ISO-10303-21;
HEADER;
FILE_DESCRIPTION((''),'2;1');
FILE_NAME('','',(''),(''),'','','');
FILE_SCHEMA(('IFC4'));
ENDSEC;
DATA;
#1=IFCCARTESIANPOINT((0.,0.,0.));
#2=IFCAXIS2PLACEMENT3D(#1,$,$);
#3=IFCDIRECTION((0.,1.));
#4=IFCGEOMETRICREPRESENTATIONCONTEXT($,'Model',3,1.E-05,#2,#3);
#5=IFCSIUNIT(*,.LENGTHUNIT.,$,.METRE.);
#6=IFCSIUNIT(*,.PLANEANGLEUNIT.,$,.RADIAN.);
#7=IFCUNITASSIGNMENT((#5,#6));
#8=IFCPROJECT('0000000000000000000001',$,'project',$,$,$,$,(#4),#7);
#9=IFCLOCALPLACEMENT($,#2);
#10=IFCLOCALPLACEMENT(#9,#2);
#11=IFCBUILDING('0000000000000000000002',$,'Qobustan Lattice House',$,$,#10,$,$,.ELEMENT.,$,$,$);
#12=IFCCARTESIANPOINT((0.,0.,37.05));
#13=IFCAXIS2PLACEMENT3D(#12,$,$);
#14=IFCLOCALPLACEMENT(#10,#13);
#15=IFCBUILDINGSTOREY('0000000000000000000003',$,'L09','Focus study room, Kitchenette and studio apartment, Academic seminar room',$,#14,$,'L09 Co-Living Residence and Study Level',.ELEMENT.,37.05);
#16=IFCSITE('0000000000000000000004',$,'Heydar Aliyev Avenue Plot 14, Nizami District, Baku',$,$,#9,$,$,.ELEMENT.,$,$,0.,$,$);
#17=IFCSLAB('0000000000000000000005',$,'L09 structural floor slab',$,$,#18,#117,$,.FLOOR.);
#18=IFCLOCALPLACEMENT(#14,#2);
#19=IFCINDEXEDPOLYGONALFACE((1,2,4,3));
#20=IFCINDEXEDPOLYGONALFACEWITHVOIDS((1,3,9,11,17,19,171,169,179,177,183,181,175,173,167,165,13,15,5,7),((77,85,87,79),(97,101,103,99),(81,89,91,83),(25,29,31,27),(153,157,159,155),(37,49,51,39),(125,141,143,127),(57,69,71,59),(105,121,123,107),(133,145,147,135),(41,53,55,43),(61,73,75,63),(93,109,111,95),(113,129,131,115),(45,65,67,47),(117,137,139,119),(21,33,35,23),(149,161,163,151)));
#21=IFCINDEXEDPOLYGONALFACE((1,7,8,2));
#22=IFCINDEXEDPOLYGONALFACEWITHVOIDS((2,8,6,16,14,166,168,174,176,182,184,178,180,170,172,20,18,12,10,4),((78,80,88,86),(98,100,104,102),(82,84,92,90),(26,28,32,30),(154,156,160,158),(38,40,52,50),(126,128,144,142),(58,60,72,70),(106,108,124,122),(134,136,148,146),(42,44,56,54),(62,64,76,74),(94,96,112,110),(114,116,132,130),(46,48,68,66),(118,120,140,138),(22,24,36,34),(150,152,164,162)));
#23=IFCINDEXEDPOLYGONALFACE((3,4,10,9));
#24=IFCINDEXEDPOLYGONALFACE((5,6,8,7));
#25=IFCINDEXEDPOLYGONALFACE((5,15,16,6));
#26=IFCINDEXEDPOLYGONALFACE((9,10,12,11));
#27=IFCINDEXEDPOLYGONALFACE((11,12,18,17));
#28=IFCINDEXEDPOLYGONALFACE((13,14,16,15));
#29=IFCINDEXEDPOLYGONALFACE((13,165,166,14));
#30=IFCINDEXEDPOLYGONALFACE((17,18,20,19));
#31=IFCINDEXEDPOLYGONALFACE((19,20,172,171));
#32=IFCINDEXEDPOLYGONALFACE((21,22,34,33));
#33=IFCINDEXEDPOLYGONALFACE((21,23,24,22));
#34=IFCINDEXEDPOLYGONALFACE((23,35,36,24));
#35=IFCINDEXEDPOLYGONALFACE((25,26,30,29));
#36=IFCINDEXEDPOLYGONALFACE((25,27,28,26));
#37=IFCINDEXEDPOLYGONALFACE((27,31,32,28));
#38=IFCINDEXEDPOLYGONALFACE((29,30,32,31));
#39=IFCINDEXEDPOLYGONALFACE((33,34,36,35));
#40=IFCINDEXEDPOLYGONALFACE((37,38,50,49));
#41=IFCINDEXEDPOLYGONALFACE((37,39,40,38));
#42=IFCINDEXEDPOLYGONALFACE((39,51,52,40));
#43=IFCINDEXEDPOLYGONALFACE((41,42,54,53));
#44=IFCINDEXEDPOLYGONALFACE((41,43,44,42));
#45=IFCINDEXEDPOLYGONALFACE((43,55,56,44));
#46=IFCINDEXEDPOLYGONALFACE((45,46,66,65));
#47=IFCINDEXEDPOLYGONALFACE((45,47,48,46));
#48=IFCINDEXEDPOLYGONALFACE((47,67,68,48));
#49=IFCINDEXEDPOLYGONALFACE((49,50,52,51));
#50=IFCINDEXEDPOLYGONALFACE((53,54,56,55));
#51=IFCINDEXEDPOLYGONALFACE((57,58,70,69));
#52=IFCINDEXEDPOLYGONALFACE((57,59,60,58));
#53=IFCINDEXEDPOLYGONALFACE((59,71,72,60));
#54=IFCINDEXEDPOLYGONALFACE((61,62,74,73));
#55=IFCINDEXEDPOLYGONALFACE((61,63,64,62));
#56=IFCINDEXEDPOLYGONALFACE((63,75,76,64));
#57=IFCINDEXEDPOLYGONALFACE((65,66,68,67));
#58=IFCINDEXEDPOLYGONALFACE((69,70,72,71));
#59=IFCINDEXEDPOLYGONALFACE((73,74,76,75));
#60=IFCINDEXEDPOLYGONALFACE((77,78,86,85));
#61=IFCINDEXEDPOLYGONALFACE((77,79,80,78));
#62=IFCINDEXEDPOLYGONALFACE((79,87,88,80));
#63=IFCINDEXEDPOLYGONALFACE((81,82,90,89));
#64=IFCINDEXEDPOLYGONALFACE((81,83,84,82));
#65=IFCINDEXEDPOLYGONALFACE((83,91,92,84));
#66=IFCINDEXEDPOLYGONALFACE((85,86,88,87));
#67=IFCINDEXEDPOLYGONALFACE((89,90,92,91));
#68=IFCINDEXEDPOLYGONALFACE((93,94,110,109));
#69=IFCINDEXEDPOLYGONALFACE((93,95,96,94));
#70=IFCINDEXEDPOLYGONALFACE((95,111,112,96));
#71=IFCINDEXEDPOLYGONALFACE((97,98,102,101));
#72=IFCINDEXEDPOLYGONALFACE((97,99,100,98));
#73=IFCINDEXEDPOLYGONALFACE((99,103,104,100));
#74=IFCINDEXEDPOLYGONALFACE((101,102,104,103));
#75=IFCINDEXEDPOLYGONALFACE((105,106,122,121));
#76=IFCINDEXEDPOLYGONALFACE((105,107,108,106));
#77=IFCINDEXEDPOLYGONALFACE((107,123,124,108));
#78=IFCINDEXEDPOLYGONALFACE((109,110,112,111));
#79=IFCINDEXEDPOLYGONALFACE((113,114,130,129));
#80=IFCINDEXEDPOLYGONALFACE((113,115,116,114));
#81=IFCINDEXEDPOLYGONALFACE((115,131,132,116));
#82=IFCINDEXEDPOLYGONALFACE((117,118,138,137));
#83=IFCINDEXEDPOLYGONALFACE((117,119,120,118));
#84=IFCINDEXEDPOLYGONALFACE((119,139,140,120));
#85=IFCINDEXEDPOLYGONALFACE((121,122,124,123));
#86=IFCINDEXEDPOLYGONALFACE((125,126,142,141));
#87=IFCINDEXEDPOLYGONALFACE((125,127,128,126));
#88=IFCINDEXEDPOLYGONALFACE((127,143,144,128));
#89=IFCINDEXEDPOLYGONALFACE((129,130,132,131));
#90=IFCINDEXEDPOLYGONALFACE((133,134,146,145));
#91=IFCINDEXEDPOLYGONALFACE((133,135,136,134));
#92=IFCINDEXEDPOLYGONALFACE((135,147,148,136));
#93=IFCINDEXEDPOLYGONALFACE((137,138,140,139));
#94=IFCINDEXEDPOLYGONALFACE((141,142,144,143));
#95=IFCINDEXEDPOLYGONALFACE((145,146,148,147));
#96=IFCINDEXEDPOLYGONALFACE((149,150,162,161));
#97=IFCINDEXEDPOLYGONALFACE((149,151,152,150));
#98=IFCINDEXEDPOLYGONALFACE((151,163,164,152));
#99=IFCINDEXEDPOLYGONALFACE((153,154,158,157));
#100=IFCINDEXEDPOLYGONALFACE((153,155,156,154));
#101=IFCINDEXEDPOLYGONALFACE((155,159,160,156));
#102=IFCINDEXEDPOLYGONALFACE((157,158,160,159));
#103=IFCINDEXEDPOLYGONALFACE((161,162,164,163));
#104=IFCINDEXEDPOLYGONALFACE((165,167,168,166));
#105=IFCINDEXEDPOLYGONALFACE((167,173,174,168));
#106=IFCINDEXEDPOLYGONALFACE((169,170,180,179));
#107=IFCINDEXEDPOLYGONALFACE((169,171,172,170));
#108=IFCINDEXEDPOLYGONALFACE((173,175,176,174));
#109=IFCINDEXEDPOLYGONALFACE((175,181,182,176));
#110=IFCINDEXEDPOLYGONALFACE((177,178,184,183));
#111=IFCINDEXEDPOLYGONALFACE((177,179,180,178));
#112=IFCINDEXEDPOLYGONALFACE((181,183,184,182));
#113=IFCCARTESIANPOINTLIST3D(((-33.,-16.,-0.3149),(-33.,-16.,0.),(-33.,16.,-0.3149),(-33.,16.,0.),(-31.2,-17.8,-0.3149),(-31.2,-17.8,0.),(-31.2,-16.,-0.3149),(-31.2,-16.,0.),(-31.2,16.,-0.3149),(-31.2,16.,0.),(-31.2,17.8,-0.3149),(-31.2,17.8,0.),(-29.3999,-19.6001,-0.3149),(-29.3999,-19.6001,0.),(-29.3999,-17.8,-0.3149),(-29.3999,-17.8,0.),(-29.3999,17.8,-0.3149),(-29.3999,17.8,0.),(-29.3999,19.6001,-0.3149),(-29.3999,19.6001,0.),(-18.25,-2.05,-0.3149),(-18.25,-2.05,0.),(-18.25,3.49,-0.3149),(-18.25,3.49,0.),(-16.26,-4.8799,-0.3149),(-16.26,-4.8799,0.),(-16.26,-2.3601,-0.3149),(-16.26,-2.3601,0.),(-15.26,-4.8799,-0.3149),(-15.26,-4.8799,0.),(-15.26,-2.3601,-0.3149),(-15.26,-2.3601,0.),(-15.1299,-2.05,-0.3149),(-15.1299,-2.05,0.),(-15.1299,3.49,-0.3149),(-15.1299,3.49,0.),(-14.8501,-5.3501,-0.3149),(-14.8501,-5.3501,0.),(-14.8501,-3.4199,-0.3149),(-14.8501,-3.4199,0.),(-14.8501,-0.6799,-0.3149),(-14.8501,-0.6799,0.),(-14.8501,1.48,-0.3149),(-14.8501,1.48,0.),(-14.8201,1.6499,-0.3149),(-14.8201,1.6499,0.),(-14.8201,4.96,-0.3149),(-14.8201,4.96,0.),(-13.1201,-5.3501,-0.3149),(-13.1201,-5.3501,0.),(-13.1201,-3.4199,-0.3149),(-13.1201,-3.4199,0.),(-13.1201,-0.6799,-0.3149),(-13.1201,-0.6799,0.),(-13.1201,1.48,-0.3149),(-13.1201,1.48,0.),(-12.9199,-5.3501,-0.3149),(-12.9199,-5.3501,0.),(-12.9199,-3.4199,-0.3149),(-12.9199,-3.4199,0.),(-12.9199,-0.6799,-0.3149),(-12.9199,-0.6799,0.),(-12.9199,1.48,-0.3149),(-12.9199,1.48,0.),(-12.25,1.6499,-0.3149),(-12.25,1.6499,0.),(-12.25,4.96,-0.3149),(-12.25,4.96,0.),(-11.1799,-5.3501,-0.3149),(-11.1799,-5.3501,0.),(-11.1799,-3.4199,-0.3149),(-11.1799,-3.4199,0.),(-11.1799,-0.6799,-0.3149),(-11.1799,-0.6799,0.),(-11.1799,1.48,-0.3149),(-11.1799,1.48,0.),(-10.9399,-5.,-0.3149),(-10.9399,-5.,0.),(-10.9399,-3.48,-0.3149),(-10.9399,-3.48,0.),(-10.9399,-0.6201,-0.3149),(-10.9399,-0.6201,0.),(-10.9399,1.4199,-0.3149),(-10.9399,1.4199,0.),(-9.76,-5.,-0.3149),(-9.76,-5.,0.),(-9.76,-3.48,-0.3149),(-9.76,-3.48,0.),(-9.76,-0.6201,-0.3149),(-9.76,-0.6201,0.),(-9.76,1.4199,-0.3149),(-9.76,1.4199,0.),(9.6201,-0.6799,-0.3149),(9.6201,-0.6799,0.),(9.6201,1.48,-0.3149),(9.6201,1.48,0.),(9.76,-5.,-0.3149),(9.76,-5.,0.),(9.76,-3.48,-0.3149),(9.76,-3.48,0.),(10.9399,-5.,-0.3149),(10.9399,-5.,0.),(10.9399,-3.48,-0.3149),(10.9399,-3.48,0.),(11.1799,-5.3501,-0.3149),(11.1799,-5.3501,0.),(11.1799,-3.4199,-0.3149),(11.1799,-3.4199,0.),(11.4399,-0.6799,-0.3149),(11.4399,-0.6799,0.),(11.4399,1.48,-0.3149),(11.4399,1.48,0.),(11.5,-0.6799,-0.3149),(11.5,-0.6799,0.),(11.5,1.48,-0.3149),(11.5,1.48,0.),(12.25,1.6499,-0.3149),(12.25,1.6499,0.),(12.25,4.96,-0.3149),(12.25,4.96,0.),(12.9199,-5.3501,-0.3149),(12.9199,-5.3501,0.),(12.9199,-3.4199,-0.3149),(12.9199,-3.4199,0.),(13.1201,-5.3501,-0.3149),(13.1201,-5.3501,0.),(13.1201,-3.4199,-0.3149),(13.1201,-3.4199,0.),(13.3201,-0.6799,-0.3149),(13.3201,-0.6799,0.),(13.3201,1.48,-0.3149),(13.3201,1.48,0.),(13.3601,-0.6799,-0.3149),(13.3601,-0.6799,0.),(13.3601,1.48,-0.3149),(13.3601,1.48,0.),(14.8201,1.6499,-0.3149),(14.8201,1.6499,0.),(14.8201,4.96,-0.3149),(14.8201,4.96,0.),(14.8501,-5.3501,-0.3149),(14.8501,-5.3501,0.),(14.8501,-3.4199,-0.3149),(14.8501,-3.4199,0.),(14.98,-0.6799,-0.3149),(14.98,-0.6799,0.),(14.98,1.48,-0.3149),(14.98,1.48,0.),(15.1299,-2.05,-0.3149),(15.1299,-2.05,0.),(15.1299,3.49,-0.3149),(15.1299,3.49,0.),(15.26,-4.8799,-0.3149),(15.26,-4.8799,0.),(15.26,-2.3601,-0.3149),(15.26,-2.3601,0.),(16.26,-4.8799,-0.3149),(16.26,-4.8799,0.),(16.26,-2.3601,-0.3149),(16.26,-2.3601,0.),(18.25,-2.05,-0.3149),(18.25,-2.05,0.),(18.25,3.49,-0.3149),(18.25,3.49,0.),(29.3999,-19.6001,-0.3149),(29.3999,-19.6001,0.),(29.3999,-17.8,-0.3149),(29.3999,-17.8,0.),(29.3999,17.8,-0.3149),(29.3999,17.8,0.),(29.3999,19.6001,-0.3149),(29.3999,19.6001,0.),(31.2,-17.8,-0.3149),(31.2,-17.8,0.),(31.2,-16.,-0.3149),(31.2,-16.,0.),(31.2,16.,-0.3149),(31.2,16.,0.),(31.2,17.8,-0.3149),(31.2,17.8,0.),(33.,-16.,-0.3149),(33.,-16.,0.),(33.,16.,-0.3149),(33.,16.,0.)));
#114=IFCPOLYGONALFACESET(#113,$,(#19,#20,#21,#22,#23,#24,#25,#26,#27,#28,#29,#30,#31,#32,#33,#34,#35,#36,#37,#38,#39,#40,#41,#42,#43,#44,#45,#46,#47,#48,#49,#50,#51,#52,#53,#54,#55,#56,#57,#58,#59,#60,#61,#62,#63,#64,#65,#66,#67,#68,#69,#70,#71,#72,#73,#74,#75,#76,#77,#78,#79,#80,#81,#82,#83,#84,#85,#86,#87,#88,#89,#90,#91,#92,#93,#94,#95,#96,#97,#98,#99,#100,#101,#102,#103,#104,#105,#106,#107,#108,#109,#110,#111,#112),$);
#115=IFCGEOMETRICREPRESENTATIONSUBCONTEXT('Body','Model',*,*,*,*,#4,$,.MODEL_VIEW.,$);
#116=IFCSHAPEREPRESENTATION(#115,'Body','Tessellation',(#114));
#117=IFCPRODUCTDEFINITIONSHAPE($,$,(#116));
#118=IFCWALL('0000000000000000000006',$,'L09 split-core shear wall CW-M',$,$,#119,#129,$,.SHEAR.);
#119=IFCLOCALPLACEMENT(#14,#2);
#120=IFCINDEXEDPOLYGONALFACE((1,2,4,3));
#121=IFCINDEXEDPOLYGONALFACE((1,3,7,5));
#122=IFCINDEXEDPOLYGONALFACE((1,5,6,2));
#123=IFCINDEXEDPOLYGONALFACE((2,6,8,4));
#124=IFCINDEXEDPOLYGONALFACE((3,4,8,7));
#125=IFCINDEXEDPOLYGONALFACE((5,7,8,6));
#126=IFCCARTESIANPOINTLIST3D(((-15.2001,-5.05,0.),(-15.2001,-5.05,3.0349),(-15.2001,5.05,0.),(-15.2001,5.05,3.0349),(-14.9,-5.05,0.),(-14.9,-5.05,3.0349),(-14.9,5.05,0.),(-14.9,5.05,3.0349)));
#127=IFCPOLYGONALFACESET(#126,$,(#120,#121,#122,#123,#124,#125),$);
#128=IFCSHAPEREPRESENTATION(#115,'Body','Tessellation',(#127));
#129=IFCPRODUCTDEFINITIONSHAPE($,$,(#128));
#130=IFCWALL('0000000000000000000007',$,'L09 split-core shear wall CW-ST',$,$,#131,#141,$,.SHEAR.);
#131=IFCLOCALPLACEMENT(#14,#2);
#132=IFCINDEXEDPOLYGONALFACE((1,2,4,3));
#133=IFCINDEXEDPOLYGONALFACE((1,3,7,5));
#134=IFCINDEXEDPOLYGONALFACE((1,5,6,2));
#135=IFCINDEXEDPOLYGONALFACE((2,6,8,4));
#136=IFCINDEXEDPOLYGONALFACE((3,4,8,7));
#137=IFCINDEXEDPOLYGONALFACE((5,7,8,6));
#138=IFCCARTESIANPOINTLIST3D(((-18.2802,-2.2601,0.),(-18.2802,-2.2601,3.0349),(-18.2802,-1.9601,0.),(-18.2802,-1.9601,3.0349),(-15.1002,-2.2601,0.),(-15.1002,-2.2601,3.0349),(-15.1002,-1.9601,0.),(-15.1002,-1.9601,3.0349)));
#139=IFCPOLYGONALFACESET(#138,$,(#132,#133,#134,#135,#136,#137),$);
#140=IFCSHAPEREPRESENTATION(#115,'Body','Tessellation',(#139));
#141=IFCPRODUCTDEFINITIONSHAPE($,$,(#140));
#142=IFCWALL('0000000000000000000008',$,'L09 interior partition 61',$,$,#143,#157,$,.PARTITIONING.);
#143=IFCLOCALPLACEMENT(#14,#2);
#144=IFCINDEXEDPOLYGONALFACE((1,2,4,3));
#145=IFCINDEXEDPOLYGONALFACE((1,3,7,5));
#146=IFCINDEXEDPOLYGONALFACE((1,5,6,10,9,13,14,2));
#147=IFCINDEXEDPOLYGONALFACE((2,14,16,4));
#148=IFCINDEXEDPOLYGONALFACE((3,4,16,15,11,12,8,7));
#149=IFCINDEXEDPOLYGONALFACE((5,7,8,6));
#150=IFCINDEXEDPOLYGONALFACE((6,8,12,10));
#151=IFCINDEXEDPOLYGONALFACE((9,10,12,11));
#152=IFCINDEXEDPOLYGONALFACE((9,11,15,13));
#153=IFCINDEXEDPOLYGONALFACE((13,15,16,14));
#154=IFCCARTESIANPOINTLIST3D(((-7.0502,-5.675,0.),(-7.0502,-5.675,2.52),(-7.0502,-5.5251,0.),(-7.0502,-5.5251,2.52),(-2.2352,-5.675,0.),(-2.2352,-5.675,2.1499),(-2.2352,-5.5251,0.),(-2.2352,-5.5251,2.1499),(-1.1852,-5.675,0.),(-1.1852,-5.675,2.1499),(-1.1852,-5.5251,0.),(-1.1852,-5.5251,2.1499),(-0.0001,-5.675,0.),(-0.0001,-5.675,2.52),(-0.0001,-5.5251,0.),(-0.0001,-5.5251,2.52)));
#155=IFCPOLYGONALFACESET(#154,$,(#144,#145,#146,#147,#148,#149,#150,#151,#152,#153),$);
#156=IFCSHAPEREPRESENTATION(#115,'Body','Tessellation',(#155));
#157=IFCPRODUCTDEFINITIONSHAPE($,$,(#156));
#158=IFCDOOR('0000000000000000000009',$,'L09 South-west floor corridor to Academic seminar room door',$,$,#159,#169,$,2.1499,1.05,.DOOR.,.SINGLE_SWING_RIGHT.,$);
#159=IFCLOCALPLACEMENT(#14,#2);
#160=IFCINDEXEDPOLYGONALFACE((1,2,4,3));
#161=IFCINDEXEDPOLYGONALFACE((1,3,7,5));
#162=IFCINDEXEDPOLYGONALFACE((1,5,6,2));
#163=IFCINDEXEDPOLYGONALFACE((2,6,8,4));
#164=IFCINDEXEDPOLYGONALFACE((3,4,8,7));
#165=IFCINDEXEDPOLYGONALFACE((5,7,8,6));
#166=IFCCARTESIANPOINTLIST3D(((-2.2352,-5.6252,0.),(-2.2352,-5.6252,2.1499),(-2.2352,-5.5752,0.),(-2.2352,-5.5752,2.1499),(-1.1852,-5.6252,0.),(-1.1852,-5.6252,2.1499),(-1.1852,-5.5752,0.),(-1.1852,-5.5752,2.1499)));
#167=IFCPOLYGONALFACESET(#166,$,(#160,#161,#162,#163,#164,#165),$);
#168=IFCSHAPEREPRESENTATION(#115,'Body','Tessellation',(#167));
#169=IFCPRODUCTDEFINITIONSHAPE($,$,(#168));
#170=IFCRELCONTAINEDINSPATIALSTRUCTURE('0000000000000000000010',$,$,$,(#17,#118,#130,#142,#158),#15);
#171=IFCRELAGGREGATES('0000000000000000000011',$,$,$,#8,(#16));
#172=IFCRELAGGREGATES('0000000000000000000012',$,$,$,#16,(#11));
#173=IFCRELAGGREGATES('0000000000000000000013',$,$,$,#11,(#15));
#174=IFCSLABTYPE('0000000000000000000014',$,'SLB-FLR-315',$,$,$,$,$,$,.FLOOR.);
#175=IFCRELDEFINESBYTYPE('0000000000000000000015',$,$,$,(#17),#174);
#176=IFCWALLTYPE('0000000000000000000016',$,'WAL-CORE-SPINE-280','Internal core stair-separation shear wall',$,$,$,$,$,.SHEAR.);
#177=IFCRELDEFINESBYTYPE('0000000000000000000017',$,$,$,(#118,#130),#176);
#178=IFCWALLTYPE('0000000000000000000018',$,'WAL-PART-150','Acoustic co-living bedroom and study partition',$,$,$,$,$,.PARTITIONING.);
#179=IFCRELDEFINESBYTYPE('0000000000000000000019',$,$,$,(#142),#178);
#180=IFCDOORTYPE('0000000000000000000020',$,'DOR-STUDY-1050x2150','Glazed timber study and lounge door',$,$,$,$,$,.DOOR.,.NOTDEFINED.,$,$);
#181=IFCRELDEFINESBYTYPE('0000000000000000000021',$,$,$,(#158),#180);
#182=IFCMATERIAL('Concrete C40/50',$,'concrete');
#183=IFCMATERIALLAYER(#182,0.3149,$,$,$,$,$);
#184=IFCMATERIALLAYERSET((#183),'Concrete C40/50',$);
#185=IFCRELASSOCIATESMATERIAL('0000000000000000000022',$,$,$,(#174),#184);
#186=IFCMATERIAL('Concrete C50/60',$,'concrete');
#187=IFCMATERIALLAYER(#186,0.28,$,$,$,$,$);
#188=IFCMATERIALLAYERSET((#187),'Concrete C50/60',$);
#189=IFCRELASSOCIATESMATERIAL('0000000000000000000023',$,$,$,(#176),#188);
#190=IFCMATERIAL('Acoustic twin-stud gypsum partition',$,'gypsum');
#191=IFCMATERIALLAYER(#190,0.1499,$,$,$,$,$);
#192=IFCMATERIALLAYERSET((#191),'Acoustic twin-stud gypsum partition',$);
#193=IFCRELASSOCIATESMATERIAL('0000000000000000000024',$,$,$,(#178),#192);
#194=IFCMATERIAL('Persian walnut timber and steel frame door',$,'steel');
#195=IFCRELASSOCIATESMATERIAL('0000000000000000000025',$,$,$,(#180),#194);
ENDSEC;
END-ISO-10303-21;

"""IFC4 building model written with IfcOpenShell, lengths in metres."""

from ifc_helpers import new_model, si_unit, direction, frame, frame_2d, origin, place, context, subcontext, project, spatial, polyline, rectangle, outline, extrude, material, layer, layer_set, type_object, element, fill, save


model = new_model("IFC4")

# Units and contexts
model_context = context("Model", 3, precision=1e-05, world=origin(), true_north=direction((0.0, 1.0)))
body_context = subcontext(model_context, "Body", "Model", "MODEL_VIEW")
ifc_project = project(units=[si_unit("LENGTHUNIT", "METRE"), si_unit("PLANEANGLEUNIT", "RADIAN")], contexts=[model_context])

# Site, building, storey
site_placement = place(None, origin())
site = spatial("IfcSite", under=ifc_project, at=site_placement, Name="Heydar Aliyev Avenue Plot 14, Nizami District, Baku", CompositionType="ELEMENT", RefElevation=0.0)
building_placement = place(site_placement, origin())
building = spatial("IfcBuilding", under=site, at=building_placement, Name="Qobustan Lattice House", CompositionType="ELEMENT")
storey_placement = place(building_placement, frame((0.0, 0.0, 37.05)))
storey = spatial("IfcBuildingStorey", under=building, at=storey_placement, Name="L09", Description="Focus study room, Kitchenette and studio apartment, Academic seminar room", LongName="L09 Co-Living Residence and Study Level", CompositionType="ELEMENT", Elevation=37.05)

# Slab
ifc_material_1 = material(Name="Concrete C40/50", Category="concrete")
ifc_layer_1 = layer(ifc_material_1, 0.3149)
ifc_layer_set_1 = layer_set([ifc_layer_1], Name="Concrete C40/50")
slab_type = type_object("IfcSlabType", Name="SLB-FLR-315", PredefinedType="FLOOR", material=ifc_layer_set_1)
slab_placement = place(storey_placement, frame((0.0, 0.0, -0.3149)))
element("IfcSlab", 1, at=slab_placement, inside=storey, type_object=slab_type, Name="L09 structural floor slab", PredefinedType="FLOOR", context=body_context, shape_type="SweptSolid", body=[
    extrude(outline(polyline([(-29.3999, -19.6001), (29.3999, -19.6001), (29.3999, -17.8), (31.2, -17.8), (31.2, -16.0), (33.0, -16.0), (33.0, 16.0), (31.2, 16.0), (31.2, 17.8), (29.3999, 17.8), (29.3999, 19.6001), (-29.3999, 19.6001), (-29.3999, 17.8), (-31.2, 17.8), (-31.2, 16.0), (-33.0, 16.0), (-33.0, -16.0), (-31.2, -16.0), (-31.2, -17.8), (-29.3999, -17.8), (-29.3999, -19.6001)]), holes=[polyline([(-18.25, -2.05), (-18.25, 3.49), (-15.1299, 3.49), (-15.1299, -2.05), (-18.25, -2.05)]), polyline([(15.1299, -2.05), (15.1299, 3.49), (18.25, 3.49), (18.25, -2.05), (15.1299, -2.05)]), polyline([(-14.8201, 1.6499), (-14.8201, 4.96), (-12.25, 4.96), (-12.25, 1.6499), (-14.8201, 1.6499)]), polyline([(12.25, 1.6499), (12.25, 4.96), (14.8201, 4.96), (14.8201, 1.6499), (12.25, 1.6499)]), polyline([(-16.26, -4.8799), (-16.26, -2.3601), (-15.26, -2.3601), (-15.26, -4.8799), (-16.26, -4.8799)]), polyline([(15.26, -4.8799), (15.26, -2.3601), (16.26, -2.3601), (16.26, -4.8799), (15.26, -4.8799)]), polyline([(-14.8501, -5.3501), (-14.8501, -3.4199), (-13.1201, -3.4199), (-13.1201, -5.3501), (-14.8501, -5.3501)]), polyline([(-12.9199, -5.3501), (-12.9199, -3.4199), (-11.1799, -3.4199), (-11.1799, -5.3501), (-12.9199, -5.3501)]), polyline([(-14.8501, -0.6799), (-14.8501, 1.48), (-13.1201, 1.48), (-13.1201, -0.6799), (-14.8501, -0.6799)]), polyline([(-12.9199, -0.6799), (-12.9199, 1.48), (-11.1799, 1.48), (-11.1799, -0.6799), (-12.9199, -0.6799)]), polyline([(-10.9399, -5.0), (-10.9399, -3.48), (-9.76, -3.48), (-9.76, -5.0), (-10.9399, -5.0)]), polyline([(-10.9399, -0.6201), (-10.9399, 1.4199), (-9.76, 1.4199), (-9.76, -0.6201), (-10.9399, -0.6201)]), polyline([(11.1799, -5.3501), (11.1799, -3.4199), (12.9199, -3.4199), (12.9199, -5.3501), (11.1799, -5.3501)]), polyline([(13.1201, -5.3501), (13.1201, -3.4199), (14.8501, -3.4199), (14.8501, -5.3501), (13.1201, -5.3501)]), polyline([(9.76, -5.0), (9.76, -3.48), (10.9399, -3.48), (10.9399, -5.0), (9.76, -5.0)]), polyline([(13.3601, -0.6799), (13.3601, 1.48), (14.98, 1.48), (14.98, -0.6799), (13.3601, -0.6799)]), polyline([(9.6201, -0.6799), (9.6201, 1.48), (11.4399, 1.48), (11.4399, -0.6799), (9.6201, -0.6799)]), polyline([(11.5, -0.6799), (11.5, 1.48), (13.3201, 1.48), (13.3201, -0.6799), (11.5, -0.6799)])]), origin(), (0.0, 0.0, 1.0), 0.3149),
])

# Walls
ifc_material_2 = material(Name="Concrete C50/60", Category="concrete")
ifc_layer_2 = layer(ifc_material_2, 0.28)
ifc_layer_set_2 = layer_set([ifc_layer_2], Name="Concrete C50/60")
wall_type_1 = type_object("IfcWallType", Name="WAL-CORE-SPINE-280", Description="Internal core stair-separation shear wall", PredefinedType="SHEAR", material=ifc_layer_set_2)
wall_1_placement = place(storey_placement, frame((-15.05, -5.05, 0.0), z_axis=(0.0, 0.0, 1.0), x_axis=(0.0, 1.0, 0.0)))
element("IfcWall", 2, at=wall_1_placement, inside=storey, type_object=wall_type_1, Name="L09 split-core shear wall CW-M", PredefinedType="SHEAR", context=body_context, shape_type="SweptSolid", body=[
    extrude(rectangle(XDim=10.1001, YDim=0.3, at=frame_2d((5.05, 0.0))), origin(), (0.0, 0.0, 1.0), 3.0349),
])
wall_2_placement = place(storey_placement, frame((-18.28, -2.1101, 0.0), z_axis=(0.0, 0.0, 1.0), x_axis=(1.0, 0.0, 0.0)))
element("IfcWall", 3, at=wall_2_placement, inside=storey, type_object=wall_type_1, Name="L09 split-core shear wall CW-ST", PredefinedType="SHEAR", context=body_context, shape_type="SweptSolid", body=[
    extrude(rectangle(XDim=3.1799, YDim=0.3, at=frame_2d((1.5898, 0.0))), origin(), (0.0, 0.0, 1.0), 3.0349),
])

# Wall, opening, door
ifc_material_3 = material(Name="Acoustic twin-stud gypsum partition", Category="gypsum")
ifc_layer_3 = layer(ifc_material_3, 0.1499)
ifc_layer_set_3 = layer_set([ifc_layer_3], Name="Acoustic twin-stud gypsum partition")
wall_type_2 = type_object("IfcWallType", Name="WAL-PART-150", Description="Acoustic co-living bedroom and study partition", PredefinedType="PARTITIONING", material=ifc_layer_set_3)
wall_3_placement = place(storey_placement, frame((-7.05, -5.6001, 0.0), z_axis=(0.0, 0.0, 1.0), x_axis=(1.0, 0.0, 0.0)))
wall_3 = element("IfcWall", 4, at=wall_3_placement, inside=storey, type_object=wall_type_2, Name="L09 interior partition 61", PredefinedType="PARTITIONING", context=body_context, shape_type="SweptSolid", body=[
    extrude(rectangle(XDim=7.05, YDim=0.1499, at=frame_2d((3.5249, 0.0))), origin(), (0.0, 0.0, 1.0), 2.52),
])
opening_1_placement = place(wall_3_placement, frame((4.8149, 0.0, 0.0)))
opening_1 = element("IfcOpeningElement", 5, at=opening_1_placement, cuts=wall_3, PredefinedType="OPENING", context=body_context, shape_type="SweptSolid", body=[
    extrude(rectangle(XDim=1.05, YDim=2.1499, at=frame_2d((0.5249, 1.075))), frame((0.0, 0.085, 0.0), z_axis=(0.0, -1.0, 0.0), x_axis=(1.0, 0.0, 0.0)), (0.0, 0.0, 1.0), 0.1699),
])
ifc_material_4 = material(Name="Persian walnut timber and steel frame door", Category="steel")
door_type_1 = type_object("IfcDoorType", Name="DOR-STUDY-1050x2150", Description="Glazed timber study and lounge door", OperationType="NOTDEFINED", PredefinedType="DOOR", material=ifc_material_4)
door_1_placement = place(opening_1_placement, origin())
door_1 = element("IfcDoor", 6, at=door_1_placement, inside=storey, type_object=door_type_1, Name="L09 South-west floor corridor to Academic seminar room door", OperationType="SINGLE_SWING_RIGHT", OverallHeight=2.1499, OverallWidth=1.05, PredefinedType="DOOR", context=body_context, shape_type="SweptSolid", body=[
    extrude(rectangle(XDim=1.05, YDim=2.1499, at=frame_2d((0.5249, 1.075))), frame((0.0, 0.0249, 0.0), z_axis=(0.0, -1.0, 0.0), x_axis=(1.0, 0.0, 0.0)), (0.0, 0.0, 1.0), 0.05),
])
fill(opening_1, door_1)

save(model, "model.ifc")
